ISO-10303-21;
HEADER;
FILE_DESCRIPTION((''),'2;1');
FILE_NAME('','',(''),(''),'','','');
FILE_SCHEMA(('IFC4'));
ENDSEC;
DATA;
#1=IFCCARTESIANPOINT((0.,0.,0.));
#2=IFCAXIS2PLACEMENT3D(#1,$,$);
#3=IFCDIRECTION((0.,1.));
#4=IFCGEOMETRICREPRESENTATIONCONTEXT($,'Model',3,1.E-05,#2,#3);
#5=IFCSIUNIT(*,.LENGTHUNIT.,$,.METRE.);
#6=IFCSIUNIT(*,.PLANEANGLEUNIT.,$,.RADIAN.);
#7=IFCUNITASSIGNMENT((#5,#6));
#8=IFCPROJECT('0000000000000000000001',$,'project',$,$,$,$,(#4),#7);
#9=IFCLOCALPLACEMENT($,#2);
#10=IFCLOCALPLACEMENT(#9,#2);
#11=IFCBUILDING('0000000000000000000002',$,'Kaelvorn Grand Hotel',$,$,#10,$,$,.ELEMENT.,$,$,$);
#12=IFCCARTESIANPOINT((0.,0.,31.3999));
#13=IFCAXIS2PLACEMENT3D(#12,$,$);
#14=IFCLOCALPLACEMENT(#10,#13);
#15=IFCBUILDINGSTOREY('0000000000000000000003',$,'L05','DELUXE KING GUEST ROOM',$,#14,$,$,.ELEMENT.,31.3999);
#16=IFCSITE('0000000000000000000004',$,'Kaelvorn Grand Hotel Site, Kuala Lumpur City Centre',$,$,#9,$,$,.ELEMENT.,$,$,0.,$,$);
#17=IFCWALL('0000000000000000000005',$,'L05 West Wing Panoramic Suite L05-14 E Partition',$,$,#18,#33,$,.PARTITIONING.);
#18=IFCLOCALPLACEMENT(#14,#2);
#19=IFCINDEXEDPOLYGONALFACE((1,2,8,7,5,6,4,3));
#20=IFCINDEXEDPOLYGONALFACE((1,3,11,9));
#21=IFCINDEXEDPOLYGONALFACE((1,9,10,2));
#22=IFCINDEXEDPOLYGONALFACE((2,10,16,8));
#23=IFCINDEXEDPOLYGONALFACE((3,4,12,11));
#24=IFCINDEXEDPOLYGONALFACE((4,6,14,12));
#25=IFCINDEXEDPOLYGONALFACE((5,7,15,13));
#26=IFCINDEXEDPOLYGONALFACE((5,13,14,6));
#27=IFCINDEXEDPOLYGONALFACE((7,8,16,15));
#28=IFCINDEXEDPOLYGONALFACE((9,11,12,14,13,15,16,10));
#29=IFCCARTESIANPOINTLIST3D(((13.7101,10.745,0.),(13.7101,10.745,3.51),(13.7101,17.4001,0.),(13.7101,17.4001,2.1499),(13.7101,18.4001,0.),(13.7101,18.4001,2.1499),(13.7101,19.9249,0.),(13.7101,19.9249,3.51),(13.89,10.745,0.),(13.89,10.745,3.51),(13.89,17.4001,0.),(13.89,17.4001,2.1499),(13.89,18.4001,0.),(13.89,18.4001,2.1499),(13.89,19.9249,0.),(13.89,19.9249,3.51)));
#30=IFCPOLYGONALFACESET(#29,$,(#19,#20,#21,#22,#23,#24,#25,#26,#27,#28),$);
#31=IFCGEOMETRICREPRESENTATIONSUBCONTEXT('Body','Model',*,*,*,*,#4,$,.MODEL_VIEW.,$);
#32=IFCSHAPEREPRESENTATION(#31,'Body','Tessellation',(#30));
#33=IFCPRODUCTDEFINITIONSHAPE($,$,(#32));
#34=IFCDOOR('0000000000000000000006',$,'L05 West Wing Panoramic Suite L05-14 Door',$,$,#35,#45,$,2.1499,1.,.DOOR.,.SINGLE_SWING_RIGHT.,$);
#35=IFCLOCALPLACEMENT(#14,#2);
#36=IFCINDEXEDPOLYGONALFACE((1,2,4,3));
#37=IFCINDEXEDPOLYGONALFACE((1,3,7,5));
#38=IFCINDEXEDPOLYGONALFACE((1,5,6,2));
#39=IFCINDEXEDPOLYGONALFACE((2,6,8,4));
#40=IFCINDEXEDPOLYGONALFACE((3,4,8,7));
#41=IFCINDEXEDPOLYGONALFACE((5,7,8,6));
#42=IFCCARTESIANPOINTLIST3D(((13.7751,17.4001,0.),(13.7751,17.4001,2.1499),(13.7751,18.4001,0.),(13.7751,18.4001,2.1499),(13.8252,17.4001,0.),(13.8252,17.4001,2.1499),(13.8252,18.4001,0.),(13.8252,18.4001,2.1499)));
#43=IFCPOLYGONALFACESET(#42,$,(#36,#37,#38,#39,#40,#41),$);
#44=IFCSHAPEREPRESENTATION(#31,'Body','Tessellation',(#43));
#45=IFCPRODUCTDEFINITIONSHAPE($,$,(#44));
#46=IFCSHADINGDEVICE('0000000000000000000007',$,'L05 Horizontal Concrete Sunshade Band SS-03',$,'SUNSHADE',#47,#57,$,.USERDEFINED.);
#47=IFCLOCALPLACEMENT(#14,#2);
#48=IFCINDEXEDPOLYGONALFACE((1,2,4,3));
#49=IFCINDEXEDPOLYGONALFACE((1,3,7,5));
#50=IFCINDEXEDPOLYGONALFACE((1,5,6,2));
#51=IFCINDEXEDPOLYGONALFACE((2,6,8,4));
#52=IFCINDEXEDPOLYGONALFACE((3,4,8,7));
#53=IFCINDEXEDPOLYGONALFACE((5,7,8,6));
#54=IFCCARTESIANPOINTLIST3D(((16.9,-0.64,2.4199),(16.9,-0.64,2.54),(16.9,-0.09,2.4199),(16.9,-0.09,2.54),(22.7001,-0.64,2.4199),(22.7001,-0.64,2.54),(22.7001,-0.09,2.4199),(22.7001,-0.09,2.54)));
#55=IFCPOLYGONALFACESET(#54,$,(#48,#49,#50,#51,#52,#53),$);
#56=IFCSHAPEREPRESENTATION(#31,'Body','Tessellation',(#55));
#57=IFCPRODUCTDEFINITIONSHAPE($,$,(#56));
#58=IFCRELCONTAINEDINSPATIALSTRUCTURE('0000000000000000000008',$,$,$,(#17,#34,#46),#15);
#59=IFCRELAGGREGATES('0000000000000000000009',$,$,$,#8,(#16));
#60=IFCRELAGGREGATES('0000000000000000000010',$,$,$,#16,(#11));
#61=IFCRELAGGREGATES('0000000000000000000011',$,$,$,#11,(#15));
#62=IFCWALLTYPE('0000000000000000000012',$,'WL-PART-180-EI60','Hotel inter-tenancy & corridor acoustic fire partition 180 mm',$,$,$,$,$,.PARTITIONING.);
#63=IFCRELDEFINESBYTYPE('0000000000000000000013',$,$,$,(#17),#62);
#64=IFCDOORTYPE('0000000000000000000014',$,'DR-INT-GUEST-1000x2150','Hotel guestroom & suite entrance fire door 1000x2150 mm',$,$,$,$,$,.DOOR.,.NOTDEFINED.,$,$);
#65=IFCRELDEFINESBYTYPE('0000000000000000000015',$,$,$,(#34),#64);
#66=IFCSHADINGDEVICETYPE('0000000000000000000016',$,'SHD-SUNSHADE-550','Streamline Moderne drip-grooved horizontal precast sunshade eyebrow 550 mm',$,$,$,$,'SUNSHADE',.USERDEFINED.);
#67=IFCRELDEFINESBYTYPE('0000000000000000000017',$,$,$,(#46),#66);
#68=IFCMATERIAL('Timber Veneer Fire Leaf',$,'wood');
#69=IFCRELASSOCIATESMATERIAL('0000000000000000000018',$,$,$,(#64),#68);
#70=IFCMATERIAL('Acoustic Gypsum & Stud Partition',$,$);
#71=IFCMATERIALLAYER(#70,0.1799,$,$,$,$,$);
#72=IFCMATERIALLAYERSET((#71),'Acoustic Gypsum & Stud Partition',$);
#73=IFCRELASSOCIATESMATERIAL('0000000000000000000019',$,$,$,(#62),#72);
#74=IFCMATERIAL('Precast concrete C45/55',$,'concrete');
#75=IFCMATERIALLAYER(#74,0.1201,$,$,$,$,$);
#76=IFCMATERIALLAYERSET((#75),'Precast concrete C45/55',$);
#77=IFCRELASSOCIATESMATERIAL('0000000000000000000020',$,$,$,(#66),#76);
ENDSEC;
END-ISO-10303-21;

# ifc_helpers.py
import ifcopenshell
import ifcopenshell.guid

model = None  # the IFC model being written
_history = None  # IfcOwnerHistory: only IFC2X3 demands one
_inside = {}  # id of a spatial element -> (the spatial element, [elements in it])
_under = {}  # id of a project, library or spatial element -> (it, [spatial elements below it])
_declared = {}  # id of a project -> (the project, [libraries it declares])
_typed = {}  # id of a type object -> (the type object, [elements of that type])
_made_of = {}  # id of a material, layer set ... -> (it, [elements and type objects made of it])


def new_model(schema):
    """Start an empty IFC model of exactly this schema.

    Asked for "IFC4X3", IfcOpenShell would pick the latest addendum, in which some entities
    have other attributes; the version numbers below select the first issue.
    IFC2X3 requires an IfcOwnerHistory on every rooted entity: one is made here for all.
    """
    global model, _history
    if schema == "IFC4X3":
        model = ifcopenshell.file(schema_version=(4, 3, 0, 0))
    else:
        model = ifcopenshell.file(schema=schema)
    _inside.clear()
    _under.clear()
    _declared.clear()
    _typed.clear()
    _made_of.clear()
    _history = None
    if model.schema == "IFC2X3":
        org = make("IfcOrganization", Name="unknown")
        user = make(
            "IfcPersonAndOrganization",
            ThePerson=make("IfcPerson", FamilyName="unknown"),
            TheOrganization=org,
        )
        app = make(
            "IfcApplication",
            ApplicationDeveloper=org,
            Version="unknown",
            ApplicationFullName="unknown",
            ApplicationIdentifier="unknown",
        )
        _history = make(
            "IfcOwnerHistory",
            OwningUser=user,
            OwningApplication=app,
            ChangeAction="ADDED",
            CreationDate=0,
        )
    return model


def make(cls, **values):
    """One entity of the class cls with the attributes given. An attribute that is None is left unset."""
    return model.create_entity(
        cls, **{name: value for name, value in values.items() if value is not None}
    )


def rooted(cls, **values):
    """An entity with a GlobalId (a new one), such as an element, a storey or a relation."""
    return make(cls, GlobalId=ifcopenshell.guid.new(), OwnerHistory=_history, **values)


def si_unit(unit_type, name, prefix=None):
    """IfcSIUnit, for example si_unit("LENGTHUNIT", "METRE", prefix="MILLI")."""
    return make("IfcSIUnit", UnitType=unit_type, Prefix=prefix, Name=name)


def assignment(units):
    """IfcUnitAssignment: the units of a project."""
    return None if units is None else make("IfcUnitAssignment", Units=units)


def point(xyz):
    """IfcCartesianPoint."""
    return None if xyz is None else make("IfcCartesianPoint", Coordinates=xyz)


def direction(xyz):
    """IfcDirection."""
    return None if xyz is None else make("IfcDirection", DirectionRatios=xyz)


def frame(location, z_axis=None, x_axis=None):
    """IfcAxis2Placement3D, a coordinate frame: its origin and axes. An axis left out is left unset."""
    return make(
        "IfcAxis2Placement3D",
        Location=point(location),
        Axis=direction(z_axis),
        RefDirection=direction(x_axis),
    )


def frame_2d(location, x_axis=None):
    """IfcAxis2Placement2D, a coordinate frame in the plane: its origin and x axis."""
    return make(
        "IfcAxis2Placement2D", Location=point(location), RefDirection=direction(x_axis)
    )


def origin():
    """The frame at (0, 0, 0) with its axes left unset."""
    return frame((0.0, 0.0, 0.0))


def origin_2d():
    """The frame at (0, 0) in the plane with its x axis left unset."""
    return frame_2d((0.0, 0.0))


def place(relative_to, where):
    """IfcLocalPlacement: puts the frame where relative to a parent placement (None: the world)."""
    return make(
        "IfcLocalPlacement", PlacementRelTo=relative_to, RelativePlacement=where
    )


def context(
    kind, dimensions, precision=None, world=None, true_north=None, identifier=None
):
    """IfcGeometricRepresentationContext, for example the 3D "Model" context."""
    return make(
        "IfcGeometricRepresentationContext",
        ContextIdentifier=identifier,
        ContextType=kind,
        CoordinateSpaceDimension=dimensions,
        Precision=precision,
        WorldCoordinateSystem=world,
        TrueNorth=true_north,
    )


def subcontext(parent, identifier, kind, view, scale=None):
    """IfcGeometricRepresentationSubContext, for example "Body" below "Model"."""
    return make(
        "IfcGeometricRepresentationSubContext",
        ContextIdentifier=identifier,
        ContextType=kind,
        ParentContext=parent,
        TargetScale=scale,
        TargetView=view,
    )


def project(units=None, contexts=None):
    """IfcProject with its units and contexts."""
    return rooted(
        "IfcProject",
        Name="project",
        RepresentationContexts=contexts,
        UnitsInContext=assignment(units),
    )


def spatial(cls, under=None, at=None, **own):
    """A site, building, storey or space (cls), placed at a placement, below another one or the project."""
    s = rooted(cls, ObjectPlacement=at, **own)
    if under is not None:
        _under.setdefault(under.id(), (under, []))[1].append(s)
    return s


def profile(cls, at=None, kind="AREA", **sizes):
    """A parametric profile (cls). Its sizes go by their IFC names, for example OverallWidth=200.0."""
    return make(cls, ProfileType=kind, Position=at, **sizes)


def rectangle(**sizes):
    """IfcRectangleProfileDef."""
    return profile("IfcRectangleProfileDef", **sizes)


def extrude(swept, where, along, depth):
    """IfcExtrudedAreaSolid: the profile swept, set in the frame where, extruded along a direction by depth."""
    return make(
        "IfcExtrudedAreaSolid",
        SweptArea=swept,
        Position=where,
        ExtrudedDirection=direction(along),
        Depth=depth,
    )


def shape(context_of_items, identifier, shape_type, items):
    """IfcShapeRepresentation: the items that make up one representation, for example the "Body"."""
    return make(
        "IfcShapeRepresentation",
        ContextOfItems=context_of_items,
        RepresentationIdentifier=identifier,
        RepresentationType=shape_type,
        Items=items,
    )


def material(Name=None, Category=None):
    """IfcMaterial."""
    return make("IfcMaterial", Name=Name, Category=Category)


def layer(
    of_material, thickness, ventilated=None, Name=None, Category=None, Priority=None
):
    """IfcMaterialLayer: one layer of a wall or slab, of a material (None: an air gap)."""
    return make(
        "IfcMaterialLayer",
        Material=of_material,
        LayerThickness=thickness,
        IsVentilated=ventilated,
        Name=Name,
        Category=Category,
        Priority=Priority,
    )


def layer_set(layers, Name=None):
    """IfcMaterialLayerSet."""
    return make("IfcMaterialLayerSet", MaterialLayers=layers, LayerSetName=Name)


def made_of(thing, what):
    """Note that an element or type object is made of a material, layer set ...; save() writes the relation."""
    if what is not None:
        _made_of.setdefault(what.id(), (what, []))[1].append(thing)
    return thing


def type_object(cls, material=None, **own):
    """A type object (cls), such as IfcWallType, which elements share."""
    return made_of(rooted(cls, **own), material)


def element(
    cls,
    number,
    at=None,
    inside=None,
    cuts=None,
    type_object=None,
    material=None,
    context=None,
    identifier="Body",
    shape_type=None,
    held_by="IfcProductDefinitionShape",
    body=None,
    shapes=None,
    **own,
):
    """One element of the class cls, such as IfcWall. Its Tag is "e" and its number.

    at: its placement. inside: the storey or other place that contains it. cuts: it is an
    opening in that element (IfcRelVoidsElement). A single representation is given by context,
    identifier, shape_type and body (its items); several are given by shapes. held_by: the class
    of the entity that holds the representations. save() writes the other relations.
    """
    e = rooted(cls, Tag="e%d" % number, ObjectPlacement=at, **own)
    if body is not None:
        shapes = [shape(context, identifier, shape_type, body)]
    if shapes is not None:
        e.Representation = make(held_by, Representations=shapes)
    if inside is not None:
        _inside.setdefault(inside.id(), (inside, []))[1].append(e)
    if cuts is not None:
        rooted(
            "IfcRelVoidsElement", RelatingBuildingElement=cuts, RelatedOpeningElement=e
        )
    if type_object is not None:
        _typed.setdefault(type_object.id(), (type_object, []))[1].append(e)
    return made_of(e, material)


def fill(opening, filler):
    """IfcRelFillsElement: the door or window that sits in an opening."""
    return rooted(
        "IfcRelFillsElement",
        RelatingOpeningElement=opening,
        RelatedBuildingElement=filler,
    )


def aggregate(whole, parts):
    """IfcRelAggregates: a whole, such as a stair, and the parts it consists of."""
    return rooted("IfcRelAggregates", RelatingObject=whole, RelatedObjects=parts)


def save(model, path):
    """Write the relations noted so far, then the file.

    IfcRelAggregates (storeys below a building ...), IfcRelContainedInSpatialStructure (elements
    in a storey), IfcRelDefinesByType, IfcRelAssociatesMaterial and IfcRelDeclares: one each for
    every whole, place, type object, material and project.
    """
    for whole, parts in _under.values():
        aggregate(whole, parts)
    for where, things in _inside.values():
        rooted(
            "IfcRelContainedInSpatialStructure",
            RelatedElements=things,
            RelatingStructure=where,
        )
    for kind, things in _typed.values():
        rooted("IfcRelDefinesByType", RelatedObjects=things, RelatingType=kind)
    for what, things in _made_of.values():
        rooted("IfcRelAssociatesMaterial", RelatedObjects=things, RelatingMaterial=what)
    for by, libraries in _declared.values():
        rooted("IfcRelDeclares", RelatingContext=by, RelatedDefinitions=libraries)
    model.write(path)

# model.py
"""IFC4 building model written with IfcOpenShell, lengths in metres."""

from ifc_helpers import new_model, si_unit, direction, frame, frame_2d, origin, origin_2d, place, context, subcontext, project, spatial, rectangle, extrude, material, layer, layer_set, type_object, element, fill, save


model = new_model("IFC4")

# Units and contexts
model_context = context("Model", 3, precision=1e-05, world=origin(), true_north=direction((0.0, 1.0)))
body_context = subcontext(model_context, "Body", "Model", "MODEL_VIEW")
ifc_project = project(units=[si_unit("LENGTHUNIT", "METRE"), si_unit("PLANEANGLEUNIT", "RADIAN")], contexts=[model_context])

# Site, building, storey
site_placement = place(None, origin())
site = spatial("IfcSite", under=ifc_project, at=site_placement, Name="Kaelvorn Grand Hotel Site, Kuala Lumpur City Centre", CompositionType="ELEMENT", RefElevation=0.0)
building_placement = place(site_placement, origin())
building = spatial("IfcBuilding", under=site, at=building_placement, Name="Kaelvorn Grand Hotel", CompositionType="ELEMENT")
storey_placement = place(building_placement, frame((0.0, 0.0, 31.3999)))
storey = spatial("IfcBuildingStorey", under=building, at=storey_placement, Name="L05", Description="DELUXE KING GUEST ROOM", CompositionType="ELEMENT", Elevation=31.3999)

# Shared definitions
ifc_material_1 = material(Name="Acoustic Gypsum & Stud Partition")
ifc_material_2 = material(Name="Timber Veneer Fire Leaf", Category="wood")
door_type_1 = type_object("IfcDoorType", Name="DR-INT-GUEST-1000x2150", Description="Hotel guestroom & suite entrance fire door 1000x2150 mm", OperationType="NOTDEFINED", PredefinedType="DOOR", material=ifc_material_2)

# Shared definitions
ifc_layer_1 = layer(ifc_material_1, 0.1799)
ifc_layer_set_1 = layer_set([ifc_layer_1], Name="Acoustic Gypsum & Stud Partition")
wall_type_1 = type_object("IfcWallType", Name="WL-PART-180-EI60", Description="Hotel inter-tenancy & corridor acoustic fire partition 180 mm", PredefinedType="PARTITIONING", material=ifc_layer_set_1)

# Wall, opening, door
wall_1_placement = place(storey_placement, frame((13.8, 10.7451, 0.0), z_axis=(0.0, 0.0, 1.0), x_axis=(0.0, 1.0, 0.0)))
wall_1 = element("IfcWall", 1, at=wall_1_placement, inside=storey, type_object=wall_type_1, Name="L05 West Wing Panoramic Suite L05-14 E Partition", PredefinedType="PARTITIONING", context=body_context, shape_type="SweptSolid", body=[
    extrude(rectangle(XDim=9.1799, YDim=0.1799, at=frame_2d((4.5898, 0.0))), origin(), (0.0, 0.0, 1.0), 3.51),
])
opening_1_placement = place(wall_1_placement, frame((6.655, 0.0, 0.0)))
opening_1 = element("IfcOpeningElement", 2, at=opening_1_placement, cuts=wall_1, PredefinedType="OPENING", context=body_context, shape_type="SweptSolid", body=[
    extrude(rectangle(XDim=1.0, YDim=2.1499, at=frame_2d((0.5, 1.075))), frame((0.0, 0.1001, 0.0), z_axis=(0.0, -1.0, 0.0), x_axis=(1.0, 0.0, 0.0)), (0.0, 0.0, 1.0), 0.2),
])
door_1_placement = place(opening_1_placement, origin())
door_1 = element("IfcDoor", 3, at=door_1_placement, inside=storey, type_object=door_type_1, Name="L05 West Wing Panoramic Suite L05-14 Door", OperationType="SINGLE_SWING_RIGHT", OverallHeight=2.1499, OverallWidth=1.0, PredefinedType="DOOR", context=body_context, shape_type="SweptSolid", body=[
    extrude(rectangle(XDim=1.0, YDim=2.1499, at=frame_2d((0.5, 1.075))), frame((0.0, 0.0249, 0.0), z_axis=(0.0, -1.0, 0.0), x_axis=(1.0, 0.0, 0.0)), (0.0, 0.0, 1.0), 0.05),
])
fill(opening_1, door_1)

# Shading device
ifc_material_3 = material(Name="Precast concrete C45/55", Category="concrete")
ifc_layer_2 = layer(ifc_material_3, 0.1201)
ifc_layer_set_2 = layer_set([ifc_layer_2], Name="Precast concrete C45/55")
shading_device_type = type_object("IfcShadingDeviceType", Name="SHD-SUNSHADE-550", Description="Streamline Moderne drip-grooved horizontal precast sunshade eyebrow 550 mm", ElementType="SUNSHADE", PredefinedType="USERDEFINED", material=ifc_layer_set_2)
shading_device_placement = place(storey_placement, frame((19.8, -0.365, 2.4199), z_axis=(0.0, 0.0, 1.0), x_axis=(1.0, 0.0, 0.0)))
element("IfcShadingDevice", 4, at=shading_device_placement, inside=storey, type_object=shading_device_type, Name="L05 Horizontal Concrete Sunshade Band SS-03", ObjectType="SUNSHADE", PredefinedType="USERDEFINED", context=body_context, shape_type="SweptSolid", body=[
    extrude(rectangle(XDim=5.8, YDim=0.55, at=origin_2d()), origin(), (0.0, 0.0, 1.0), 0.1201),
])

save(model, "model.ifc")
